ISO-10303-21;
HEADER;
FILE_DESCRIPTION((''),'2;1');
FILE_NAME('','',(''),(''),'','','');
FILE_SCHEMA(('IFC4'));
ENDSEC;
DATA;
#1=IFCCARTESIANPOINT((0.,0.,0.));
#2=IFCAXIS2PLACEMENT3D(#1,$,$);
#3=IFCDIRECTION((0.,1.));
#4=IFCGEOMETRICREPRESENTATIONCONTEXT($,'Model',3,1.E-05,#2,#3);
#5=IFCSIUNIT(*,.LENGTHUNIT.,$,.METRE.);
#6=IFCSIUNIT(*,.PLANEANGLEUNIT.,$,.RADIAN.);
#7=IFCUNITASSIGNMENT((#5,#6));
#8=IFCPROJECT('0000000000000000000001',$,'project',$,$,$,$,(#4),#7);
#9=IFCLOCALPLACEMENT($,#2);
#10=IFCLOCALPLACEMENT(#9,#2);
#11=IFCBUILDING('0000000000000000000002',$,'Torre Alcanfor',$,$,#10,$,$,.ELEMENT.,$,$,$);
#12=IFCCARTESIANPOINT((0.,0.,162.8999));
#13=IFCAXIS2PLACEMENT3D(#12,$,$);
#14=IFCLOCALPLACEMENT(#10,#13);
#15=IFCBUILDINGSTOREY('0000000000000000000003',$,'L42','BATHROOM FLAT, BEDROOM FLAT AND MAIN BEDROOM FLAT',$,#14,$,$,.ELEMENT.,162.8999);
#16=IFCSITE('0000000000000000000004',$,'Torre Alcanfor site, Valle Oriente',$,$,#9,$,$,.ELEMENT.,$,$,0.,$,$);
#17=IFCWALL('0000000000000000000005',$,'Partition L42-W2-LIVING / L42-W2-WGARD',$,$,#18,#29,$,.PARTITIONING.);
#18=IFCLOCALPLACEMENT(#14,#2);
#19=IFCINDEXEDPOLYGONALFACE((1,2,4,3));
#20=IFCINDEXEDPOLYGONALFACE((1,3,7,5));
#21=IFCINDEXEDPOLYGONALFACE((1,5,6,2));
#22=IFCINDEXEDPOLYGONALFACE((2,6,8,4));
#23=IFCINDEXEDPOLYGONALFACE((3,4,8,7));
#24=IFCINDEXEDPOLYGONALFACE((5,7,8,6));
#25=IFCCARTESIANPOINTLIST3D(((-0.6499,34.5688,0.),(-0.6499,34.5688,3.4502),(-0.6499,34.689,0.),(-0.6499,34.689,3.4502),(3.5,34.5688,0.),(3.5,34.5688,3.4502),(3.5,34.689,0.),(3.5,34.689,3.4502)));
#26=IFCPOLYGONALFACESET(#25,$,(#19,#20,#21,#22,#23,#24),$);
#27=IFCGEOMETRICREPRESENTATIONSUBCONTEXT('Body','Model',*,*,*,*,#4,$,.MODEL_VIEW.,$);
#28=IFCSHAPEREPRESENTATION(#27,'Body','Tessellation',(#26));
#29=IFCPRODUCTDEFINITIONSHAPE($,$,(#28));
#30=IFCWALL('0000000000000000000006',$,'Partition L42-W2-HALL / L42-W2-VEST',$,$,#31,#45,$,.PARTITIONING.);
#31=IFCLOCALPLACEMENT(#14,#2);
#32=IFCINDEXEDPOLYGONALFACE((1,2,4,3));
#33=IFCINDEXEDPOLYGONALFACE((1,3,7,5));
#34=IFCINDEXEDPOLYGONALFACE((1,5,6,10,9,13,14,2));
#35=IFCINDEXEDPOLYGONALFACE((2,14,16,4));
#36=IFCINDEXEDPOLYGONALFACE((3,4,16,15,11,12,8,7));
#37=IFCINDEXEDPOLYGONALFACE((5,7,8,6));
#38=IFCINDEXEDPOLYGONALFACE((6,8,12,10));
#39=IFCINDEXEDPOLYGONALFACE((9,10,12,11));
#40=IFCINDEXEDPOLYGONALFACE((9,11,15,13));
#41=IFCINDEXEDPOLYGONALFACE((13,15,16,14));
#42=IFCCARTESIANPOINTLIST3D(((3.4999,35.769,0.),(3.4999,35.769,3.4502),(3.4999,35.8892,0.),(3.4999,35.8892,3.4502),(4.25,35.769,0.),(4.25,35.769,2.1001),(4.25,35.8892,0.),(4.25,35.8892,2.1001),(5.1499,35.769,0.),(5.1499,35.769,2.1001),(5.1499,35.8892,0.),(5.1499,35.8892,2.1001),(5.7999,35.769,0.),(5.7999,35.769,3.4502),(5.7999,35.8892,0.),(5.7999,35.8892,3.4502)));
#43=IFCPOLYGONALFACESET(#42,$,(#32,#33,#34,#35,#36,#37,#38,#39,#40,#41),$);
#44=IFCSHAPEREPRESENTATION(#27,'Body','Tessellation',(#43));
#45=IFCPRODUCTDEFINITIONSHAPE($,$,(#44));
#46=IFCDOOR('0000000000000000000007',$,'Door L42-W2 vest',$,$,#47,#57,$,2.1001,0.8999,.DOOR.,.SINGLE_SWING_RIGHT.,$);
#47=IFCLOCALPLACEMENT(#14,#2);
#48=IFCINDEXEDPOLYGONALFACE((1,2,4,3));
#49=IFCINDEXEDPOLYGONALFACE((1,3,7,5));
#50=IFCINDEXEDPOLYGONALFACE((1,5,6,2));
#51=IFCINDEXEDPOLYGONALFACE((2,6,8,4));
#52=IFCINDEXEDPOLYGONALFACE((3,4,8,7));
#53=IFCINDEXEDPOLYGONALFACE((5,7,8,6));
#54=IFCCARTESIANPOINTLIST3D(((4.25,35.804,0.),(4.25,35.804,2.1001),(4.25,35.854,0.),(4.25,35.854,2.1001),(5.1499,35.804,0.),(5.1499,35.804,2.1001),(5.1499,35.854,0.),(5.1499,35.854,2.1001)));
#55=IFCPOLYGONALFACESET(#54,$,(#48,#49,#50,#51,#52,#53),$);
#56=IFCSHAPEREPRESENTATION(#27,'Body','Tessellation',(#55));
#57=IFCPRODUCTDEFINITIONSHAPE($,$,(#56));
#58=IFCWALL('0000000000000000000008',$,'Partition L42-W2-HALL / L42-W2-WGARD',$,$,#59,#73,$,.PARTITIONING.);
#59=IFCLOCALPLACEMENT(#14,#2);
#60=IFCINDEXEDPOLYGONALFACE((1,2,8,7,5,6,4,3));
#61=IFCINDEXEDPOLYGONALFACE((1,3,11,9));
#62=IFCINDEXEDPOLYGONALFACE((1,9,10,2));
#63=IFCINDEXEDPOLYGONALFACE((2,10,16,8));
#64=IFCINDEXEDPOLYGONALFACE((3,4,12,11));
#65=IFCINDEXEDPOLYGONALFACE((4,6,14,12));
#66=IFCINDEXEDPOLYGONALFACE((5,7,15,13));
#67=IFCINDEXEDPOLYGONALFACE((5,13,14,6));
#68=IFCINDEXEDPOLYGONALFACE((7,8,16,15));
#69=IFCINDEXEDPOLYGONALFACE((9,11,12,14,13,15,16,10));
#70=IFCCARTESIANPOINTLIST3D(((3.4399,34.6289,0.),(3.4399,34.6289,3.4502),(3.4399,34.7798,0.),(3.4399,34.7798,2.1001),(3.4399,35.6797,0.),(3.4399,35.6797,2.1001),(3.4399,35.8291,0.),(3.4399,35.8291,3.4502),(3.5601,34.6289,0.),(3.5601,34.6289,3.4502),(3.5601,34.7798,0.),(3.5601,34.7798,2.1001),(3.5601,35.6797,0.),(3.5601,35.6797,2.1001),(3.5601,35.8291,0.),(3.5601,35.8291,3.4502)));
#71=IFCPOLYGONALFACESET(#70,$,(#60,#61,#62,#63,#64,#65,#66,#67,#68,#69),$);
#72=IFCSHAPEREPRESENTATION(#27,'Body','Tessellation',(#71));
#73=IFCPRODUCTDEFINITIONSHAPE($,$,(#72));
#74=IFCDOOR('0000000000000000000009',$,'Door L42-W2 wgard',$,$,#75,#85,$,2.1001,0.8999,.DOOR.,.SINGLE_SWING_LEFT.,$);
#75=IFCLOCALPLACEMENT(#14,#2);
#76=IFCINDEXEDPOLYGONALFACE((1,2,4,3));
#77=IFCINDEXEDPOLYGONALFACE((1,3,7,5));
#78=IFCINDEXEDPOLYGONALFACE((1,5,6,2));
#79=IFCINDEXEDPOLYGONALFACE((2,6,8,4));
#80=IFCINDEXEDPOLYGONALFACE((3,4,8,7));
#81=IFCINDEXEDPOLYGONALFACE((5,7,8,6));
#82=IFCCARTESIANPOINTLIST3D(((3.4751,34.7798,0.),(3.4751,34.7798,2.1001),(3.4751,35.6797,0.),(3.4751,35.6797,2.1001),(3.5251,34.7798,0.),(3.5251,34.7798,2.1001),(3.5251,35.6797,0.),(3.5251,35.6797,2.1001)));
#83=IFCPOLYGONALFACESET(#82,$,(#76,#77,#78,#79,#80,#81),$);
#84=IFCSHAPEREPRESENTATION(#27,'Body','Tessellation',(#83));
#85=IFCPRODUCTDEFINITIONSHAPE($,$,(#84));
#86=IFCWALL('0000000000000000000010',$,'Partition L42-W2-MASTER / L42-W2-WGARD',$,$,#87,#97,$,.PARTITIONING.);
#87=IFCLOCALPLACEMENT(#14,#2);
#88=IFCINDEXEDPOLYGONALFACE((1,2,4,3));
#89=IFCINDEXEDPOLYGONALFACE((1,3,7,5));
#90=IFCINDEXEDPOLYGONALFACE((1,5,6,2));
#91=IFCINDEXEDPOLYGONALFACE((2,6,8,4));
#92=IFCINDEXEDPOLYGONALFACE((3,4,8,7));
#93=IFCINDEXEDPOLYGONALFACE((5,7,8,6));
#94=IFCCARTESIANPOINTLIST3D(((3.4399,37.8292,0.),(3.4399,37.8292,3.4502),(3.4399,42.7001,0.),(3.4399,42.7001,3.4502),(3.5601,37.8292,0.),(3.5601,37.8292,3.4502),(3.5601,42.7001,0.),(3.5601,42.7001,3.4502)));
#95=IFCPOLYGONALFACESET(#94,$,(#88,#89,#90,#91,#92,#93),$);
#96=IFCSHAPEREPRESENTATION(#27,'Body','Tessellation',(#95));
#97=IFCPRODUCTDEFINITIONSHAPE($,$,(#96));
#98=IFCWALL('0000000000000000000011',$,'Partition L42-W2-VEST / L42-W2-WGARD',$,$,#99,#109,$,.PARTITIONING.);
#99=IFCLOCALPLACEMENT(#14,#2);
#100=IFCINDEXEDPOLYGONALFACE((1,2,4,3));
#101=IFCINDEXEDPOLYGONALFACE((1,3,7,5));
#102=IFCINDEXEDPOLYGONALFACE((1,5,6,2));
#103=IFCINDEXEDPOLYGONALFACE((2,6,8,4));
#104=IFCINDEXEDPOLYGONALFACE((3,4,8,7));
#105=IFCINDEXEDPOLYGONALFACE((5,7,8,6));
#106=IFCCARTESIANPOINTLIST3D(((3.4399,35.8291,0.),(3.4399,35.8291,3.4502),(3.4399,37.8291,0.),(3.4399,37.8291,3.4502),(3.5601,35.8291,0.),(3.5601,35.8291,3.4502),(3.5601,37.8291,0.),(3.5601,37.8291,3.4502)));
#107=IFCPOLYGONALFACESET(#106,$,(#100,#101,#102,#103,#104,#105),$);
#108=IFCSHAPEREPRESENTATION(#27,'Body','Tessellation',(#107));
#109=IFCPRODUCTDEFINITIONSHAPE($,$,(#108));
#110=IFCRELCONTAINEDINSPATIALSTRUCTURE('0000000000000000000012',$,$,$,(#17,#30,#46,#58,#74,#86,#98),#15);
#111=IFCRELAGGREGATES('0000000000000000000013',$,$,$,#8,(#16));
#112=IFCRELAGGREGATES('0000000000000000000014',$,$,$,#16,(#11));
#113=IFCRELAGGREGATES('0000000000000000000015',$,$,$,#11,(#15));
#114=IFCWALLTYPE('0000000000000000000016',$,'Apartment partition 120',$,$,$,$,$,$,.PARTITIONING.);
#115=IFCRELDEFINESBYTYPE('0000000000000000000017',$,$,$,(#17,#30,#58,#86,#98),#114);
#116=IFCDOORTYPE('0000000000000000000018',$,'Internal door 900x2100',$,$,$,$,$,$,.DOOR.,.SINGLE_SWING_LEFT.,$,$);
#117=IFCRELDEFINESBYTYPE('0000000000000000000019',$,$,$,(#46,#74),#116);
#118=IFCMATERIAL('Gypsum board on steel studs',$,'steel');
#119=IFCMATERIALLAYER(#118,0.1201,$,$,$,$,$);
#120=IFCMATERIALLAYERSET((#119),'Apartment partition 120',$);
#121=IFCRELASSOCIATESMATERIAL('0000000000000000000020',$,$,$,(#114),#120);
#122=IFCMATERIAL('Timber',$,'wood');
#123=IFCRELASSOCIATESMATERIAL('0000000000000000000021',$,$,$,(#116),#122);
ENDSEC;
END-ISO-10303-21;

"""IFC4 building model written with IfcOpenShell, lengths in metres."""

from ifc_helpers import new_model, si_unit, direction, frame, frame_2d, origin, place, context, subcontext, project, spatial, rectangle, extrude, material, layer, layer_set, type_object, element, fill, save


model = new_model("IFC4")

# Units and contexts
model_context = context("Model", 3, precision=1e-05, world=origin(), true_north=direction((0.0, 1.0)))
body_context = subcontext(model_context, "Body", "Model", "MODEL_VIEW")
ifc_project = project(units=[si_unit("LENGTHUNIT", "METRE"), si_unit("PLANEANGLEUNIT", "RADIAN")], contexts=[model_context])

# Site, building, storey
site_placement = place(None, origin())
site = spatial("IfcSite", under=ifc_project, at=site_placement, Name="Torre Alcanfor site, Valle Oriente", CompositionType="ELEMENT", RefElevation=0.0)
building_placement = place(site_placement, origin())
building = spatial("IfcBuilding", under=site, at=building_placement, Name="Torre Alcanfor", CompositionType="ELEMENT")
storey_placement = place(building_placement, frame((0.0, 0.0, 162.8999)))
storey = spatial("IfcBuildingStorey", under=building, at=storey_placement, Name="L42", Description="BATHROOM FLAT, BEDROOM FLAT AND MAIN BEDROOM FLAT", CompositionType="ELEMENT", Elevation=162.8999)

# Shared definitions
ifc_material_1 = material(Name="Gypsum board on steel studs", Category="steel")
ifc_layer_1 = layer(ifc_material_1, 0.1201)
ifc_layer_set_1 = layer_set([ifc_layer_1], Name="Apartment partition 120")
wall_type_1 = type_object("IfcWallType", Name="Apartment partition 120", PredefinedType="PARTITIONING", material=ifc_layer_set_1)
ifc_material_2 = material(Name="Timber", Category="wood")
door_type = type_object("IfcDoorType", Name="Internal door 900x2100", OperationType="SINGLE_SWING_LEFT", PredefinedType="DOOR", material=ifc_material_2)

# Wall
wall_1_placement = place(storey_placement, frame((-0.6499, 34.6289, 0.0), z_axis=(0.0, 0.0, 1.0), x_axis=(1.0, 0.0, 0.0)))
element("IfcWall", 1, at=wall_1_placement, inside=storey, type_object=wall_type_1, Name="Partition L42-W2-LIVING / L42-W2-WGARD", PredefinedType="PARTITIONING", context=body_context, shape_type="SweptSolid", body=[
    extrude(rectangle(XDim=4.1499, YDim=0.1201, at=frame_2d((2.075, 0.0))), origin(), (0.0, 0.0, 1.0), 3.4502),
])

# Walls, openings, doors
wall_2_placement = place(storey_placement, frame((3.5, 35.8291, 0.0), z_axis=(0.0, 0.0, 1.0), x_axis=(1.0, 0.0, 0.0)))
wall_2 = element("IfcWall", 2, at=wall_2_placement, inside=storey, type_object=wall_type_1, Name="Partition L42-W2-HALL / L42-W2-VEST", PredefinedType="PARTITIONING", context=body_context, shape_type="SweptSolid", body=[
    extrude(rectangle(XDim=2.3, YDim=0.1201, at=frame_2d((1.1499, 0.0))), origin(), (0.0, 0.0, 1.0), 3.4502),
])
opening_1_placement = place(wall_2_placement, frame((0.75, 0.0, 0.0)))
opening_1 = element("IfcOpeningElement", 3, at=opening_1_placement, cuts=wall_2, PredefinedType="OPENING", context=body_context, shape_type="SweptSolid", body=[
    extrude(rectangle(XDim=0.8999, YDim=2.1001, at=frame_2d((0.45, 1.05))), frame((0.0, 0.0701, 0.0), z_axis=(0.0, -1.0, 0.0), x_axis=(1.0, 0.0, 0.0)), (0.0, 0.0, 1.0), 0.1401),
])
door_1_placement = place(opening_1_placement, origin())
door_1 = element("IfcDoor", 4, at=door_1_placement, inside=storey, type_object=door_type, Name="Door L42-W2 vest", OperationType="SINGLE_SWING_RIGHT", OverallHeight=2.1001, OverallWidth=0.8999, PredefinedType="DOOR", context=body_context, shape_type="SweptSolid", body=[
    extrude(rectangle(XDim=0.8999, YDim=2.1001, at=frame_2d((0.45, 1.05))), frame((0.0, 0.0249, 0.0), z_axis=(0.0, -1.0, 0.0), x_axis=(1.0, 0.0, 0.0)), (0.0, 0.0, 1.0), 0.05),
])
fill(opening_1, door_1)
wall_3_placement = place(storey_placement, frame((3.5, 34.6289, 0.0), z_axis=(0.0, 0.0, 1.0), x_axis=(0.0, 1.0, 0.0)))
wall_3 = element("IfcWall", 5, at=wall_3_placement, inside=storey, type_object=wall_type_1, Name="Partition L42-W2-HALL / L42-W2-WGARD", PredefinedType="PARTITIONING", context=body_context, shape_type="SweptSolid", body=[
    extrude(rectangle(XDim=1.2002, YDim=0.1201, at=frame_2d((0.6001, 0.0))), origin(), (0.0, 0.0, 1.0), 3.4502),
])
opening_2_placement = place(wall_3_placement, frame((0.1509, 0.0, 0.0)))
opening_2 = element("IfcOpeningElement", 6, at=opening_2_placement, cuts=wall_3, PredefinedType="OPENING", context=body_context, shape_type="SweptSolid", body=[
    extrude(rectangle(XDim=0.8999, YDim=2.1001, at=frame_2d((0.45, 1.05))), frame((0.0, 0.0701, 0.0), z_axis=(0.0, -1.0, 0.0), x_axis=(1.0, 0.0, 0.0)), (0.0, 0.0, 1.0), 0.1401),
])
door_2_placement = place(opening_2_placement, origin())
door_2 = element("IfcDoor", 7, at=door_2_placement, inside=storey, type_object=door_type, Name="Door L42-W2 wgard", OperationType="SINGLE_SWING_LEFT", OverallHeight=2.1001, OverallWidth=0.8999, PredefinedType="DOOR", context=body_context, shape_type="SweptSolid", body=[
    extrude(rectangle(XDim=0.8999, YDim=2.1001, at=frame_2d((0.45, 1.05))), frame((0.0, 0.0249, 0.0), z_axis=(0.0, -1.0, 0.0), x_axis=(1.0, 0.0, 0.0)), (0.0, 0.0, 1.0), 0.05),
])
fill(opening_2, door_2)

# Walls
wall_4_placement = place(storey_placement, frame((3.5, 37.8291, 0.0), z_axis=(0.0, 0.0, 1.0), x_axis=(0.0, 1.0, 0.0)))
element("IfcWall", 8, at=wall_4_placement, inside=storey, type_object=wall_type_1, Name="Partition L42-W2-MASTER / L42-W2-WGARD", PredefinedType="PARTITIONING", context=body_context, shape_type="SweptSolid", body=[
    extrude(rectangle(XDim=4.8708, YDim=0.1201, at=frame_2d((2.4355, 0.0))), origin(), (0.0, 0.0, 1.0), 3.4502),
])
wall_5_placement = place(storey_placement, frame((3.5, 35.8291, 0.0), z_axis=(0.0, 0.0, 1.0), x_axis=(0.0, 1.0, 0.0)))
element("IfcWall", 9, at=wall_5_placement, inside=storey, type_object=wall_type_1, Name="Partition L42-W2-VEST / L42-W2-WGARD", PredefinedType="PARTITIONING", context=body_context, shape_type="SweptSolid", body=[
    extrude(rectangle(XDim=2.0, YDim=0.1201, at=frame_2d((1.0, 0.0))), origin(), (0.0, 0.0, 1.0), 3.4502),
])

save(model, "model.ifc")
